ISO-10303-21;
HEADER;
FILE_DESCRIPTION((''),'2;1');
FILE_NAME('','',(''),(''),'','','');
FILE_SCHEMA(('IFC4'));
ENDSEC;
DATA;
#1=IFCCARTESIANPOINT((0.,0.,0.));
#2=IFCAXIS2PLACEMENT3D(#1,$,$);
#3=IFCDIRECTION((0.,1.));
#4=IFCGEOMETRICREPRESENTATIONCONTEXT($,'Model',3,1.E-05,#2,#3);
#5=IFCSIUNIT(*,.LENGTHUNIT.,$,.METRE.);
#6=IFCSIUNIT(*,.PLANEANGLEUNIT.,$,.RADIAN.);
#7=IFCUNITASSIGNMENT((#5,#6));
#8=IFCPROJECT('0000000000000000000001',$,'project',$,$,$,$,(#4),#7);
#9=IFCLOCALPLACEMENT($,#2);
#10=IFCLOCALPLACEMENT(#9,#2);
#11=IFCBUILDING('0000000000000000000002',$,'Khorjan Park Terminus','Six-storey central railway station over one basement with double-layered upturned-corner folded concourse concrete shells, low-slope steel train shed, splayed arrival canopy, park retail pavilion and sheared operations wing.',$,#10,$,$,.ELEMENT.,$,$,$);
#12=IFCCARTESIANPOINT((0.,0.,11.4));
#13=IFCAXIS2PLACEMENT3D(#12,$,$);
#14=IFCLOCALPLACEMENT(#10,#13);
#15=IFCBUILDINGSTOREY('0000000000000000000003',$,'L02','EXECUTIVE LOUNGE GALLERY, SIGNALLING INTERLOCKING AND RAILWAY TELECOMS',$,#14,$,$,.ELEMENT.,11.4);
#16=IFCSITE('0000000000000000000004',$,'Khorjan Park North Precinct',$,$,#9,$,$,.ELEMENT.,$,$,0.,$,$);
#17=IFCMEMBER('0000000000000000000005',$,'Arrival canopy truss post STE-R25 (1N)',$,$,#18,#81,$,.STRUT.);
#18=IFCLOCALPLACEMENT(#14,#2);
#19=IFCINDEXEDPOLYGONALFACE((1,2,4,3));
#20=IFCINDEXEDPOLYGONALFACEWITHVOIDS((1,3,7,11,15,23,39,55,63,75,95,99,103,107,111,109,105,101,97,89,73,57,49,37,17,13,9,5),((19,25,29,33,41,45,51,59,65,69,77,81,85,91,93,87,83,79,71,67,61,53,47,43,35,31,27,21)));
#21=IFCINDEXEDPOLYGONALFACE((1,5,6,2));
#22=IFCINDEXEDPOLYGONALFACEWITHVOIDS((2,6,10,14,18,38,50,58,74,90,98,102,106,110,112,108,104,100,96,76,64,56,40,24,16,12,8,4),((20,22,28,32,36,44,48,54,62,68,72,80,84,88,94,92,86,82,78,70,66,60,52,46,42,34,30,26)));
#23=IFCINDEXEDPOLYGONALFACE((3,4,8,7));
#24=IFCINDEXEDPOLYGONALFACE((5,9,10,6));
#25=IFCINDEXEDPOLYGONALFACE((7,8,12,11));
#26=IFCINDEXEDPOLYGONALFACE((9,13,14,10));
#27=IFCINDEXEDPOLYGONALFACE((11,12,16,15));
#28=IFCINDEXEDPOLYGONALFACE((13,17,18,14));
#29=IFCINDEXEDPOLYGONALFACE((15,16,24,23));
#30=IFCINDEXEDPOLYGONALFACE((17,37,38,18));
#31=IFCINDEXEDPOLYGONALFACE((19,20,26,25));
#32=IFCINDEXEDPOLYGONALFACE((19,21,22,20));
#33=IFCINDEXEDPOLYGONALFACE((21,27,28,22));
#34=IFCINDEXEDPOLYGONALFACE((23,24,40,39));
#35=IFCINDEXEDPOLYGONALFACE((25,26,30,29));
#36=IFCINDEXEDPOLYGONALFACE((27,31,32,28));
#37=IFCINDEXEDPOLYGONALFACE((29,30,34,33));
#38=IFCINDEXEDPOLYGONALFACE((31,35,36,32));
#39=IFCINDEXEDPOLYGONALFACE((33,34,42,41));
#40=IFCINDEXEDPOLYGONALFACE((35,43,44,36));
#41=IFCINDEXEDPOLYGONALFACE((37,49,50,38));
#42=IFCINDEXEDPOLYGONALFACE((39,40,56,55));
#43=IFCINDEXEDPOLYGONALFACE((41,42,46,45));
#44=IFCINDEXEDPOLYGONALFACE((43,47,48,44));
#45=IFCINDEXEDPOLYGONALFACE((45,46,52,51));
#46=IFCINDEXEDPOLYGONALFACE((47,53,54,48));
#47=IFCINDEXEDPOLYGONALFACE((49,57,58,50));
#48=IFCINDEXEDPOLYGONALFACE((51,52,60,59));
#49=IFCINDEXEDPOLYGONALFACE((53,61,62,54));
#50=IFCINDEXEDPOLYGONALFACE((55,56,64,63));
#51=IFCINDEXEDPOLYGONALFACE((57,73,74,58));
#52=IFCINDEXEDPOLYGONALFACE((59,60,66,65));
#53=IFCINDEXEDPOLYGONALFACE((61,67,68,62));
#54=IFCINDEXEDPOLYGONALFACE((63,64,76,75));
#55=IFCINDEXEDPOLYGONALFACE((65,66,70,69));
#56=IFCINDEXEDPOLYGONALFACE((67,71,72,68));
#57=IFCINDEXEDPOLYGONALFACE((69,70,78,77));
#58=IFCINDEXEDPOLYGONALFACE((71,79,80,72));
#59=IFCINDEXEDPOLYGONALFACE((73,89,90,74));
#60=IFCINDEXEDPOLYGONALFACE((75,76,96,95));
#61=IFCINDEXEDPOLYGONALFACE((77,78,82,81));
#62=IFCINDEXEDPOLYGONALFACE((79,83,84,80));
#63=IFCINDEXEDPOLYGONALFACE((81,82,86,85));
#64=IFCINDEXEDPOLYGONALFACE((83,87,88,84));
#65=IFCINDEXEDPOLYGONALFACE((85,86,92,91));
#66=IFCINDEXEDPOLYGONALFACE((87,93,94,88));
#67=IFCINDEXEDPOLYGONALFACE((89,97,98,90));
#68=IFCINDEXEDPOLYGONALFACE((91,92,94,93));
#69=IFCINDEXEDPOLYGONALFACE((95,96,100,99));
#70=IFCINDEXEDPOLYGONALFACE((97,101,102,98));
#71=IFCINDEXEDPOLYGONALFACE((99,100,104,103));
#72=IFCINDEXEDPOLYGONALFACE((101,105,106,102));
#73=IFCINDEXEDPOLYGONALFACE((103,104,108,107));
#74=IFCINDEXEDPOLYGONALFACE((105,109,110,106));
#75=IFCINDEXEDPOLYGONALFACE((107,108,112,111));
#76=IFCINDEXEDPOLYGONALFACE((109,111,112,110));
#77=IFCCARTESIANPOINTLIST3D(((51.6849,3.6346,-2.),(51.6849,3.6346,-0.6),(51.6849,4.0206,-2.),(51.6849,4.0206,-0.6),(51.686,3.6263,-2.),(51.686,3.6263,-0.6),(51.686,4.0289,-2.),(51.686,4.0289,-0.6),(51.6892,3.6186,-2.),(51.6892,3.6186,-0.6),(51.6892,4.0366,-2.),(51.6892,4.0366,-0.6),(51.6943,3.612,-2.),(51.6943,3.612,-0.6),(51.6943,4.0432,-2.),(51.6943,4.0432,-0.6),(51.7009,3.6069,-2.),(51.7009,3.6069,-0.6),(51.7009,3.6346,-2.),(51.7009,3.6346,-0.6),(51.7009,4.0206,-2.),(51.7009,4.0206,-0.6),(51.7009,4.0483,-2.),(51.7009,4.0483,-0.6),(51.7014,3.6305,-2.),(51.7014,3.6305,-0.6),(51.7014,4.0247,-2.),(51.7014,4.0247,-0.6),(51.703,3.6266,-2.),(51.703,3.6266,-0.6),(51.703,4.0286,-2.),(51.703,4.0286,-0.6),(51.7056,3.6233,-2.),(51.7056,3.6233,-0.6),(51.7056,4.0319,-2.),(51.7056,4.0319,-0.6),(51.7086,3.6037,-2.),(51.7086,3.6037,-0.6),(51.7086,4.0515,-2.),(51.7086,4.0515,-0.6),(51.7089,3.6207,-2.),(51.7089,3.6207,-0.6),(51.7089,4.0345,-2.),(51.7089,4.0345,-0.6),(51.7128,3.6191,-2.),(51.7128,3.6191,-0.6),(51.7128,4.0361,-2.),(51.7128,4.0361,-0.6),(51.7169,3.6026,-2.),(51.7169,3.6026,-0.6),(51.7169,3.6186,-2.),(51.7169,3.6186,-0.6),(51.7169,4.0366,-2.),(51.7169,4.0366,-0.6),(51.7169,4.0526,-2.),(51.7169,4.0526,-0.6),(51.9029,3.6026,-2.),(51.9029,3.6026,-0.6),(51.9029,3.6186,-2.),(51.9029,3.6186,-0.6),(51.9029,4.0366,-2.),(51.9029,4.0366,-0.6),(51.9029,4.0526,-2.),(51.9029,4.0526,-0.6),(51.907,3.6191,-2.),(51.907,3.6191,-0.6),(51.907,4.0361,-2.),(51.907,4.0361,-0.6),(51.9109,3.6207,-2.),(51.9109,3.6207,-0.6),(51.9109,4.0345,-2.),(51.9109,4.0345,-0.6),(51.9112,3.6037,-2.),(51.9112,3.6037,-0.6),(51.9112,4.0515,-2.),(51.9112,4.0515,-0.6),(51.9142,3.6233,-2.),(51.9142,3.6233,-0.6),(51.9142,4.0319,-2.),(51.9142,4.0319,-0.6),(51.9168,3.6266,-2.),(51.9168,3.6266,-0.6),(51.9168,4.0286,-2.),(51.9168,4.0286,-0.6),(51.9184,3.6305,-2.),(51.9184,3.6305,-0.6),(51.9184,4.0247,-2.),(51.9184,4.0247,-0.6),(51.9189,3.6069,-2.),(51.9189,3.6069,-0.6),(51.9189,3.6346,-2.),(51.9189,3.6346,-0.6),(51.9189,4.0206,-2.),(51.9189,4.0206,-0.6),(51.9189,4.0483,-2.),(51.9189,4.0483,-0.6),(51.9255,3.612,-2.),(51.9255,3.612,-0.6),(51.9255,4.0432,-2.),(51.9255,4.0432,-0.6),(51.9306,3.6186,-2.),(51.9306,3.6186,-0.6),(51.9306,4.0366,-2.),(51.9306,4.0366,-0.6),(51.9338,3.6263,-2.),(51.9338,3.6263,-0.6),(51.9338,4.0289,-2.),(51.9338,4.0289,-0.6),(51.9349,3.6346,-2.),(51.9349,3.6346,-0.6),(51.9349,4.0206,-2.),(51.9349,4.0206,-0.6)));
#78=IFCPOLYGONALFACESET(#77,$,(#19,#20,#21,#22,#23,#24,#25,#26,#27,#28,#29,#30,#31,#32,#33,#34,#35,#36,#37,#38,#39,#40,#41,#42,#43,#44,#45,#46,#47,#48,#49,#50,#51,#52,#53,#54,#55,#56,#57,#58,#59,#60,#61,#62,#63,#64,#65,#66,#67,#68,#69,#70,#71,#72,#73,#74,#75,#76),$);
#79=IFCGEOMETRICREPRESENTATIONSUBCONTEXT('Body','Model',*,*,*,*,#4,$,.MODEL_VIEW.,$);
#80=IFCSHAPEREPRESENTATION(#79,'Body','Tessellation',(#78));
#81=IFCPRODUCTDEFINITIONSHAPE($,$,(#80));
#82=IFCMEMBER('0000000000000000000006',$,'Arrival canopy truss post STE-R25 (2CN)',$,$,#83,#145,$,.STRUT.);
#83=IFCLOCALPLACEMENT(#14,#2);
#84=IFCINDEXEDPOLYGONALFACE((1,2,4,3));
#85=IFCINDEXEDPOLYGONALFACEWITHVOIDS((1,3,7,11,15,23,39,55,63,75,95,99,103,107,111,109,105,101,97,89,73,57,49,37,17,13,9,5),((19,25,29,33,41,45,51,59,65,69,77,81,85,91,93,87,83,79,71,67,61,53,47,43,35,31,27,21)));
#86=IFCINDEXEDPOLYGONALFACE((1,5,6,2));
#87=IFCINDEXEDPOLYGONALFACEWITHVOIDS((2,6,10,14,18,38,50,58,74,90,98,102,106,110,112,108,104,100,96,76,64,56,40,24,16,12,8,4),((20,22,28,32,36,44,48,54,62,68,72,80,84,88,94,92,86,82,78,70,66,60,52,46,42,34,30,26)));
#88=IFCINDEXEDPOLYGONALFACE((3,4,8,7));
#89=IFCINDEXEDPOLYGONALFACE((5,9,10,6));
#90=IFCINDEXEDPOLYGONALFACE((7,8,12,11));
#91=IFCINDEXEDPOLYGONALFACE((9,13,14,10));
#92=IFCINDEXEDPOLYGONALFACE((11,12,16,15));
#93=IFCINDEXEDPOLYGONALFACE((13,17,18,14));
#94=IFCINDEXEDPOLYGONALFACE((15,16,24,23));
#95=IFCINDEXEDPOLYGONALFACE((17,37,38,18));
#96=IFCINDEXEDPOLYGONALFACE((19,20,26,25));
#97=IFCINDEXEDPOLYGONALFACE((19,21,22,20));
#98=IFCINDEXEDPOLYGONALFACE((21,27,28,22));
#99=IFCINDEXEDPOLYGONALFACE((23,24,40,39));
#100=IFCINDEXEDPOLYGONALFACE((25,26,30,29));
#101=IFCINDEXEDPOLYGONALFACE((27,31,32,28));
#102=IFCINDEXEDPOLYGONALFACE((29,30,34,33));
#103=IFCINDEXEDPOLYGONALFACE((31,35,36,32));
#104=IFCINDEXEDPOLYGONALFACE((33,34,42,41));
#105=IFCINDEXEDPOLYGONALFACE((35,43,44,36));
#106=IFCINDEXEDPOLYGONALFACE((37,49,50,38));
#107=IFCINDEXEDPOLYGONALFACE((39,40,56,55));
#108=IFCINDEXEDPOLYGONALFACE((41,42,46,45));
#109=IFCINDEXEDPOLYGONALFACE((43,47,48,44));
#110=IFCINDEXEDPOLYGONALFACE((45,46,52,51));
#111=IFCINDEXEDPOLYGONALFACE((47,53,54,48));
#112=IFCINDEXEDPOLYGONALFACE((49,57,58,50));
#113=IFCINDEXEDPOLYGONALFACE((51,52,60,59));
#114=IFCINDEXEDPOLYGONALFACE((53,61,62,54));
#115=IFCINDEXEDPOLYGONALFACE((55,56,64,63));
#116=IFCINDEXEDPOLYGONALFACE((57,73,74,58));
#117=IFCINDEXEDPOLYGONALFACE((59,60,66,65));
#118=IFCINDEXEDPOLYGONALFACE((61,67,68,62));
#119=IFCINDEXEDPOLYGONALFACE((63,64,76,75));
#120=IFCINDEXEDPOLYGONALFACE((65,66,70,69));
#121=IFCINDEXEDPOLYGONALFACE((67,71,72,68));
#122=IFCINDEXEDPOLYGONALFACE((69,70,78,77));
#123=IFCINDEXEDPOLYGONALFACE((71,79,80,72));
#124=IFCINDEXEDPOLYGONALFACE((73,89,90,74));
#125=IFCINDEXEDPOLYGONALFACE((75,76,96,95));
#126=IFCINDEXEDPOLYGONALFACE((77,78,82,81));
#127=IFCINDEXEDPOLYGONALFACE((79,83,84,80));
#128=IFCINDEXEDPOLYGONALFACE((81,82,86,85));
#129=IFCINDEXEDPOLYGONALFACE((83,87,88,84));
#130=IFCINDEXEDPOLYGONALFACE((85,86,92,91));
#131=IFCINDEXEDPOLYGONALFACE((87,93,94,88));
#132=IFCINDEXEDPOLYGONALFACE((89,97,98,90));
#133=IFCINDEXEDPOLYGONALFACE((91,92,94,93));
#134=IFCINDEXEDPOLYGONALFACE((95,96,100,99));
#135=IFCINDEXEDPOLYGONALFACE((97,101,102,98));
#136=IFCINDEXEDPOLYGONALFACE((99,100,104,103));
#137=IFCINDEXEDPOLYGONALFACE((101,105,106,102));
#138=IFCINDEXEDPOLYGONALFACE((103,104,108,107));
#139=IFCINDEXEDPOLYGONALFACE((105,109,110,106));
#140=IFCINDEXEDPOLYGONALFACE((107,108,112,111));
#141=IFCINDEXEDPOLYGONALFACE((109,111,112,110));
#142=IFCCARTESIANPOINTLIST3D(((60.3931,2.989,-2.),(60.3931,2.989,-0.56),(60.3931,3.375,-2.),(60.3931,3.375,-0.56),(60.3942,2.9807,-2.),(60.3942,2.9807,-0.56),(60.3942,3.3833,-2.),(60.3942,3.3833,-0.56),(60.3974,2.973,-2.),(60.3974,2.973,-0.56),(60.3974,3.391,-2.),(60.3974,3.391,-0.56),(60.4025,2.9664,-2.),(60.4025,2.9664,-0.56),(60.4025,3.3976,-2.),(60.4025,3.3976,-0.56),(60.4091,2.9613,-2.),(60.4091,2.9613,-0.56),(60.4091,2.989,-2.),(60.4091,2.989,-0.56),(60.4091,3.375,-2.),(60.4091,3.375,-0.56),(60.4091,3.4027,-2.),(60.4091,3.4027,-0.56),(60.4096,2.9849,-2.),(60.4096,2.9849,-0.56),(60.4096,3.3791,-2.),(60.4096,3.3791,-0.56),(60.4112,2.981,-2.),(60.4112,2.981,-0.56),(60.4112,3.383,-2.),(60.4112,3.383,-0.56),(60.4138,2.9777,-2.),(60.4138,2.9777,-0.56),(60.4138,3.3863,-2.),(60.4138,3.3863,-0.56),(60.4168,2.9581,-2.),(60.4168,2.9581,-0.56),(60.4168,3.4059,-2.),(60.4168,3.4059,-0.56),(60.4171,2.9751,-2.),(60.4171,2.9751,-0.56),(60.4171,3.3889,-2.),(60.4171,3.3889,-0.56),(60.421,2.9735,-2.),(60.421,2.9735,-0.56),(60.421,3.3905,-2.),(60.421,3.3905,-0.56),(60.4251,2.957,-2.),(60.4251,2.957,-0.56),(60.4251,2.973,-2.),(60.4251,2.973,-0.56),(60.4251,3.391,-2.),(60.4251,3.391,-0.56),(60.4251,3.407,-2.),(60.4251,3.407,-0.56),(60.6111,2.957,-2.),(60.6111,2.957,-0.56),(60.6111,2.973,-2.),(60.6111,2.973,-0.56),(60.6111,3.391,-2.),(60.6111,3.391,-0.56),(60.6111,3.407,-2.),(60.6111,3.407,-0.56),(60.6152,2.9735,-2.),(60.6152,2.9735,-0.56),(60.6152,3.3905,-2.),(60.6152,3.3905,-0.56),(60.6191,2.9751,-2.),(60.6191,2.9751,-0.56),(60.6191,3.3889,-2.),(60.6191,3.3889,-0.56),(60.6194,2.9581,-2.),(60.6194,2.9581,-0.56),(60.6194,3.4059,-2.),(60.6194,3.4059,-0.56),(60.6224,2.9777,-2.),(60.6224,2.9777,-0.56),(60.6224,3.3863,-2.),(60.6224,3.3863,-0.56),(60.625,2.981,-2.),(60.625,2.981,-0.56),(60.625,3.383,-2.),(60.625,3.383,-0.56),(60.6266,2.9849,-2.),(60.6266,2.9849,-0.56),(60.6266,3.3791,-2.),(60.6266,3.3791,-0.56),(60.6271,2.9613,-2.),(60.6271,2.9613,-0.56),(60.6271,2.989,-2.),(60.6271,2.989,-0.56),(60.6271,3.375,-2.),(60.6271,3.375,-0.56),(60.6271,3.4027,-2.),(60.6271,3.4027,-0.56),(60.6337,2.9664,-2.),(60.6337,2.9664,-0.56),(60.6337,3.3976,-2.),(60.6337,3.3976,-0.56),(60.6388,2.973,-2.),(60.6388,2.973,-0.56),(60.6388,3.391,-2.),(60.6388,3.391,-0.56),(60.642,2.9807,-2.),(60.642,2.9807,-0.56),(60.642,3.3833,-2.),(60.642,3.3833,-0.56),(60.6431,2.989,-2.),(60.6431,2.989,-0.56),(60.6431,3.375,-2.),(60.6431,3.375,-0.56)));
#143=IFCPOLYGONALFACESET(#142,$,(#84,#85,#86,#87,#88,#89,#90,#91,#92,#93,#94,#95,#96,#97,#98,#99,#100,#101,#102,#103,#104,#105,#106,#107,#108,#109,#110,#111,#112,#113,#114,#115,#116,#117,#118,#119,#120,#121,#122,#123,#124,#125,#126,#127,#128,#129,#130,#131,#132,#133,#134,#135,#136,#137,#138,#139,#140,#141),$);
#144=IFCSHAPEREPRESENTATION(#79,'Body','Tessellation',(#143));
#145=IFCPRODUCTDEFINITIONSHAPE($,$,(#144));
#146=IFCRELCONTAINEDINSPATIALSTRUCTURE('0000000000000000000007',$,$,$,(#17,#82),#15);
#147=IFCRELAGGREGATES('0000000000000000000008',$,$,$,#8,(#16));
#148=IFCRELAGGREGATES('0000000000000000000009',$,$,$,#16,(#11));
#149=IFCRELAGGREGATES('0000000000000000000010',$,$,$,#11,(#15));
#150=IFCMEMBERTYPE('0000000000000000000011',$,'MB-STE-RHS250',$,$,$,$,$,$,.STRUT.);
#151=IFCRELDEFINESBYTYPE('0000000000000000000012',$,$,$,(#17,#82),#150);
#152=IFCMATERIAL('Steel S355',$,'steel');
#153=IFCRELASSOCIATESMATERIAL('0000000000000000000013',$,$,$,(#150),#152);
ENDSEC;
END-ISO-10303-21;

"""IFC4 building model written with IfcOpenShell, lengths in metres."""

from ifc_helpers import new_model, si_unit, direction, frame, origin, origin_2d, place, context, subcontext, project, spatial, hollow_rectangle, extrude, material, material_profile, profile_set, type_object, element, save


model = new_model("IFC4")

# Units and contexts
model_context = context("Model", 3, precision=1e-05, world=origin(), true_north=direction((0.0, 1.0)))
body_context = subcontext(model_context, "Body", "Model", "MODEL_VIEW")
ifc_project = project(units=[si_unit("LENGTHUNIT", "METRE"), si_unit("PLANEANGLEUNIT", "RADIAN")], contexts=[model_context])

# Site, building, storey
site_placement = place(None, origin())
site = spatial("IfcSite", under=ifc_project, at=site_placement, Name="Khorjan Park North Precinct", CompositionType="ELEMENT", RefElevation=0.0)
building_placement = place(site_placement, origin())
building = spatial("IfcBuilding", under=site, at=building_placement, Name="Khorjan Park Terminus", Description="Six-storey central railway station over one basement with double-layered upturned-corner folded concourse concrete shells, low-slope steel train shed, splayed arrival canopy, park retail pavilion and sheared operations wing.", CompositionType="ELEMENT")
storey_placement = place(building_placement, frame((0.0, 0.0, 11.4)))
storey = spatial("IfcBuildingStorey", under=building, at=storey_placement, Name="L02", Description="EXECUTIVE LOUNGE GALLERY, SIGNALLING INTERLOCKING AND RAILWAY TELECOMS", CompositionType="ELEMENT", Elevation=11.4)

# Members
ifc_material_1 = material(Name="Steel S355", Category="steel")
ifc_material_profile_1 = material_profile(ifc_material_1, hollow_rectangle(XDim=0.25, YDim=0.45, WallThickness=0.016, InnerFilletRadius=0.016, OuterFilletRadius=0.032, at=origin_2d()), Name="RHS 450x250x16")
ifc_profile_set_1 = profile_set([ifc_material_profile_1], Name="Steel S355")
member_type_1 = type_object("IfcMemberType", Name="MB-STE-RHS250", PredefinedType="STRUT", material=ifc_profile_set_1)
member_1_placement = place(storey_placement, frame((51.8099, 3.8276, -2.0), z_axis=(0.0, 0.0, 1.0), x_axis=(1.0, 0.0, 0.0)))
element("IfcMember", 1, at=member_1_placement, inside=storey, type_object=member_type_1, Name="Arrival canopy truss post STE-R25 (1N)", PredefinedType="STRUT", context=body_context, shape_type="SweptSolid", body=[
    extrude(hollow_rectangle(XDim=0.25, YDim=0.45, WallThickness=0.016, InnerFilletRadius=0.016, OuterFilletRadius=0.032, at=origin_2d()), origin(), (0.0, 0.0, 1.0), 1.4),
])
member_2_placement = place(storey_placement, frame((60.5181, 3.182, -2.0), z_axis=(0.0, 0.0, 1.0), x_axis=(1.0, 0.0, 0.0)))
element("IfcMember", 2, at=member_2_placement, inside=storey, type_object=member_type_1, Name="Arrival canopy truss post STE-R25 (2CN)", PredefinedType="STRUT", context=body_context, shape_type="SweptSolid", body=[
    extrude(hollow_rectangle(XDim=0.25, YDim=0.45, WallThickness=0.016, InnerFilletRadius=0.016, OuterFilletRadius=0.032, at=origin_2d()), origin(), (0.0, 0.0, 1.0), 1.44),
])

save(model, "model.ifc")
